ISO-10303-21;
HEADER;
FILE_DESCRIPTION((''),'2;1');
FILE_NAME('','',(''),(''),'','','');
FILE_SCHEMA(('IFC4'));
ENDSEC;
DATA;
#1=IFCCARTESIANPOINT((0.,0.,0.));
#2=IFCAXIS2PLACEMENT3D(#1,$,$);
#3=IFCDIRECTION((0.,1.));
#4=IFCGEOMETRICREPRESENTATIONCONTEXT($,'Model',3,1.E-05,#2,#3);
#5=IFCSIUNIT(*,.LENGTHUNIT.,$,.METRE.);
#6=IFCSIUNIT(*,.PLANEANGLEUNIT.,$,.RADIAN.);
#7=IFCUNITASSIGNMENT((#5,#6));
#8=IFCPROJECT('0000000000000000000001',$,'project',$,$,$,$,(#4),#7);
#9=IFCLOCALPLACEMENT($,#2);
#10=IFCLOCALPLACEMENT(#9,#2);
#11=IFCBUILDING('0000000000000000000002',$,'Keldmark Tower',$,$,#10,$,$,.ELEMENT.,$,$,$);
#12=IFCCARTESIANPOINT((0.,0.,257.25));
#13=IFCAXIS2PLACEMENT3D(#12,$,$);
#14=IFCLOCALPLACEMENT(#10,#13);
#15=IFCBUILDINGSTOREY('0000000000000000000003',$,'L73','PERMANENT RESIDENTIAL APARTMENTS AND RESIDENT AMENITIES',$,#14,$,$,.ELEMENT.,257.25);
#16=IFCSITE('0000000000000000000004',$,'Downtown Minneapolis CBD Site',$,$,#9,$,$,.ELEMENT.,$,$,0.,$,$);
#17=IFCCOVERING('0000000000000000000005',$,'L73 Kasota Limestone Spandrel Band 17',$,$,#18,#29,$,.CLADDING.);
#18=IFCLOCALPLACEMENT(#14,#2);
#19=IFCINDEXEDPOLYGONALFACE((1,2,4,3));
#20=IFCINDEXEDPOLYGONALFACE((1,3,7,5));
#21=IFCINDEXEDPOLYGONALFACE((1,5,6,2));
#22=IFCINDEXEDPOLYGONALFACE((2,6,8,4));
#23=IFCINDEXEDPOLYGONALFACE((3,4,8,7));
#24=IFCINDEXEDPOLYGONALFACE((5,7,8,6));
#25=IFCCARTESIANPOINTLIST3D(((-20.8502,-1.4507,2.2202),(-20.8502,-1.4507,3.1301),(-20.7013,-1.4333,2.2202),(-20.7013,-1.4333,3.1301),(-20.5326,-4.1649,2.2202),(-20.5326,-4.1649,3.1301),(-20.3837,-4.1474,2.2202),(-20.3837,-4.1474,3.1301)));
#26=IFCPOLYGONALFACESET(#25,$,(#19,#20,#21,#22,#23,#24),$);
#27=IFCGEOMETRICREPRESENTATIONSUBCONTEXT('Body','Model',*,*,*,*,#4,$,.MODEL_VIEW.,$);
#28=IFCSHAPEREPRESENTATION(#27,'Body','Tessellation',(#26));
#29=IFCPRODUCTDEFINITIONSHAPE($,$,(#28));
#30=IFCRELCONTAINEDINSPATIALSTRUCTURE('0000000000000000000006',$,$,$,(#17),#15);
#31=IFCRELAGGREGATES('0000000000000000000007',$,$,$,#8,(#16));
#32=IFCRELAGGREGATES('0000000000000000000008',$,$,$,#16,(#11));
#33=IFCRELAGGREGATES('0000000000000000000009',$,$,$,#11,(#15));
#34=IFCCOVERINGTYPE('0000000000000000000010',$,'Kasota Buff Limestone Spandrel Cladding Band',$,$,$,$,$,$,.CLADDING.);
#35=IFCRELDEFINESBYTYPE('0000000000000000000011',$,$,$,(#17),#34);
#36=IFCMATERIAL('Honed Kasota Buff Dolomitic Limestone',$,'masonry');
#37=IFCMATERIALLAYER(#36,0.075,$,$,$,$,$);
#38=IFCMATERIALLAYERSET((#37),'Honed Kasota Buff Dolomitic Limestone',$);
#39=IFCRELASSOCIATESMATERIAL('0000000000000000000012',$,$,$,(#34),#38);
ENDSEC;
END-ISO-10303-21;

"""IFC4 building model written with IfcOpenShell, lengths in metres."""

from ifc_helpers import new_model, si_unit, direction, frame, origin, origin_2d, place, context, subcontext, project, spatial, rectangle, extrude, material, layer, layer_set, type_object, element, save


model = new_model("IFC4")

# Units and contexts
model_context = context("Model", 3, precision=1e-05, world=origin(), true_north=direction((0.0, 1.0)))
body_context = subcontext(model_context, "Body", "Model", "MODEL_VIEW")
ifc_project = project(units=[si_unit("LENGTHUNIT", "METRE"), si_unit("PLANEANGLEUNIT", "RADIAN")], contexts=[model_context])

# Site, building, storey
site_placement = place(None, origin())
site = spatial("IfcSite", under=ifc_project, at=site_placement, Name="Downtown Minneapolis CBD Site", CompositionType="ELEMENT", RefElevation=0.0)
building_placement = place(site_placement, origin())
building = spatial("IfcBuilding", under=site, at=building_placement, Name="Keldmark Tower", CompositionType="ELEMENT")
storey_placement = place(building_placement, frame((0.0, 0.0, 257.25)))
storey = spatial("IfcBuildingStorey", under=building, at=storey_placement, Name="L73", Description="PERMANENT RESIDENTIAL APARTMENTS AND RESIDENT AMENITIES", CompositionType="ELEMENT", Elevation=257.25)

# Covering
ifc_material_1 = material(Name="Honed Kasota Buff Dolomitic Limestone", Category="masonry")
ifc_layer_1 = layer(ifc_material_1, 0.075)
ifc_layer_set_1 = layer_set([ifc_layer_1], Name="Honed Kasota Buff Dolomitic Limestone")
covering_type = type_object("IfcCoveringType", Name="Kasota Buff Limestone Spandrel Cladding Band", PredefinedType="CLADDING", material=ifc_layer_set_1)
covering_placement = place(storey_placement, frame((-20.6169, -2.7991, 2.2202), z_axis=(0.0, 0.0, 1.0), x_axis=(0.116237, -0.993221, 0.0)))
element("IfcCovering", 1, at=covering_placement, inside=storey, type_object=covering_type, Name="L73 Kasota Limestone Spandrel Band 17", PredefinedType="CLADDING", context=body_context, shape_type="SweptSolid", body=[
    extrude(rectangle(XDim=2.7327, YDim=0.1499, at=origin_2d()), origin(), (0.0, 0.0, 1.0), 0.9099),
])

save(model, "model.ifc")
